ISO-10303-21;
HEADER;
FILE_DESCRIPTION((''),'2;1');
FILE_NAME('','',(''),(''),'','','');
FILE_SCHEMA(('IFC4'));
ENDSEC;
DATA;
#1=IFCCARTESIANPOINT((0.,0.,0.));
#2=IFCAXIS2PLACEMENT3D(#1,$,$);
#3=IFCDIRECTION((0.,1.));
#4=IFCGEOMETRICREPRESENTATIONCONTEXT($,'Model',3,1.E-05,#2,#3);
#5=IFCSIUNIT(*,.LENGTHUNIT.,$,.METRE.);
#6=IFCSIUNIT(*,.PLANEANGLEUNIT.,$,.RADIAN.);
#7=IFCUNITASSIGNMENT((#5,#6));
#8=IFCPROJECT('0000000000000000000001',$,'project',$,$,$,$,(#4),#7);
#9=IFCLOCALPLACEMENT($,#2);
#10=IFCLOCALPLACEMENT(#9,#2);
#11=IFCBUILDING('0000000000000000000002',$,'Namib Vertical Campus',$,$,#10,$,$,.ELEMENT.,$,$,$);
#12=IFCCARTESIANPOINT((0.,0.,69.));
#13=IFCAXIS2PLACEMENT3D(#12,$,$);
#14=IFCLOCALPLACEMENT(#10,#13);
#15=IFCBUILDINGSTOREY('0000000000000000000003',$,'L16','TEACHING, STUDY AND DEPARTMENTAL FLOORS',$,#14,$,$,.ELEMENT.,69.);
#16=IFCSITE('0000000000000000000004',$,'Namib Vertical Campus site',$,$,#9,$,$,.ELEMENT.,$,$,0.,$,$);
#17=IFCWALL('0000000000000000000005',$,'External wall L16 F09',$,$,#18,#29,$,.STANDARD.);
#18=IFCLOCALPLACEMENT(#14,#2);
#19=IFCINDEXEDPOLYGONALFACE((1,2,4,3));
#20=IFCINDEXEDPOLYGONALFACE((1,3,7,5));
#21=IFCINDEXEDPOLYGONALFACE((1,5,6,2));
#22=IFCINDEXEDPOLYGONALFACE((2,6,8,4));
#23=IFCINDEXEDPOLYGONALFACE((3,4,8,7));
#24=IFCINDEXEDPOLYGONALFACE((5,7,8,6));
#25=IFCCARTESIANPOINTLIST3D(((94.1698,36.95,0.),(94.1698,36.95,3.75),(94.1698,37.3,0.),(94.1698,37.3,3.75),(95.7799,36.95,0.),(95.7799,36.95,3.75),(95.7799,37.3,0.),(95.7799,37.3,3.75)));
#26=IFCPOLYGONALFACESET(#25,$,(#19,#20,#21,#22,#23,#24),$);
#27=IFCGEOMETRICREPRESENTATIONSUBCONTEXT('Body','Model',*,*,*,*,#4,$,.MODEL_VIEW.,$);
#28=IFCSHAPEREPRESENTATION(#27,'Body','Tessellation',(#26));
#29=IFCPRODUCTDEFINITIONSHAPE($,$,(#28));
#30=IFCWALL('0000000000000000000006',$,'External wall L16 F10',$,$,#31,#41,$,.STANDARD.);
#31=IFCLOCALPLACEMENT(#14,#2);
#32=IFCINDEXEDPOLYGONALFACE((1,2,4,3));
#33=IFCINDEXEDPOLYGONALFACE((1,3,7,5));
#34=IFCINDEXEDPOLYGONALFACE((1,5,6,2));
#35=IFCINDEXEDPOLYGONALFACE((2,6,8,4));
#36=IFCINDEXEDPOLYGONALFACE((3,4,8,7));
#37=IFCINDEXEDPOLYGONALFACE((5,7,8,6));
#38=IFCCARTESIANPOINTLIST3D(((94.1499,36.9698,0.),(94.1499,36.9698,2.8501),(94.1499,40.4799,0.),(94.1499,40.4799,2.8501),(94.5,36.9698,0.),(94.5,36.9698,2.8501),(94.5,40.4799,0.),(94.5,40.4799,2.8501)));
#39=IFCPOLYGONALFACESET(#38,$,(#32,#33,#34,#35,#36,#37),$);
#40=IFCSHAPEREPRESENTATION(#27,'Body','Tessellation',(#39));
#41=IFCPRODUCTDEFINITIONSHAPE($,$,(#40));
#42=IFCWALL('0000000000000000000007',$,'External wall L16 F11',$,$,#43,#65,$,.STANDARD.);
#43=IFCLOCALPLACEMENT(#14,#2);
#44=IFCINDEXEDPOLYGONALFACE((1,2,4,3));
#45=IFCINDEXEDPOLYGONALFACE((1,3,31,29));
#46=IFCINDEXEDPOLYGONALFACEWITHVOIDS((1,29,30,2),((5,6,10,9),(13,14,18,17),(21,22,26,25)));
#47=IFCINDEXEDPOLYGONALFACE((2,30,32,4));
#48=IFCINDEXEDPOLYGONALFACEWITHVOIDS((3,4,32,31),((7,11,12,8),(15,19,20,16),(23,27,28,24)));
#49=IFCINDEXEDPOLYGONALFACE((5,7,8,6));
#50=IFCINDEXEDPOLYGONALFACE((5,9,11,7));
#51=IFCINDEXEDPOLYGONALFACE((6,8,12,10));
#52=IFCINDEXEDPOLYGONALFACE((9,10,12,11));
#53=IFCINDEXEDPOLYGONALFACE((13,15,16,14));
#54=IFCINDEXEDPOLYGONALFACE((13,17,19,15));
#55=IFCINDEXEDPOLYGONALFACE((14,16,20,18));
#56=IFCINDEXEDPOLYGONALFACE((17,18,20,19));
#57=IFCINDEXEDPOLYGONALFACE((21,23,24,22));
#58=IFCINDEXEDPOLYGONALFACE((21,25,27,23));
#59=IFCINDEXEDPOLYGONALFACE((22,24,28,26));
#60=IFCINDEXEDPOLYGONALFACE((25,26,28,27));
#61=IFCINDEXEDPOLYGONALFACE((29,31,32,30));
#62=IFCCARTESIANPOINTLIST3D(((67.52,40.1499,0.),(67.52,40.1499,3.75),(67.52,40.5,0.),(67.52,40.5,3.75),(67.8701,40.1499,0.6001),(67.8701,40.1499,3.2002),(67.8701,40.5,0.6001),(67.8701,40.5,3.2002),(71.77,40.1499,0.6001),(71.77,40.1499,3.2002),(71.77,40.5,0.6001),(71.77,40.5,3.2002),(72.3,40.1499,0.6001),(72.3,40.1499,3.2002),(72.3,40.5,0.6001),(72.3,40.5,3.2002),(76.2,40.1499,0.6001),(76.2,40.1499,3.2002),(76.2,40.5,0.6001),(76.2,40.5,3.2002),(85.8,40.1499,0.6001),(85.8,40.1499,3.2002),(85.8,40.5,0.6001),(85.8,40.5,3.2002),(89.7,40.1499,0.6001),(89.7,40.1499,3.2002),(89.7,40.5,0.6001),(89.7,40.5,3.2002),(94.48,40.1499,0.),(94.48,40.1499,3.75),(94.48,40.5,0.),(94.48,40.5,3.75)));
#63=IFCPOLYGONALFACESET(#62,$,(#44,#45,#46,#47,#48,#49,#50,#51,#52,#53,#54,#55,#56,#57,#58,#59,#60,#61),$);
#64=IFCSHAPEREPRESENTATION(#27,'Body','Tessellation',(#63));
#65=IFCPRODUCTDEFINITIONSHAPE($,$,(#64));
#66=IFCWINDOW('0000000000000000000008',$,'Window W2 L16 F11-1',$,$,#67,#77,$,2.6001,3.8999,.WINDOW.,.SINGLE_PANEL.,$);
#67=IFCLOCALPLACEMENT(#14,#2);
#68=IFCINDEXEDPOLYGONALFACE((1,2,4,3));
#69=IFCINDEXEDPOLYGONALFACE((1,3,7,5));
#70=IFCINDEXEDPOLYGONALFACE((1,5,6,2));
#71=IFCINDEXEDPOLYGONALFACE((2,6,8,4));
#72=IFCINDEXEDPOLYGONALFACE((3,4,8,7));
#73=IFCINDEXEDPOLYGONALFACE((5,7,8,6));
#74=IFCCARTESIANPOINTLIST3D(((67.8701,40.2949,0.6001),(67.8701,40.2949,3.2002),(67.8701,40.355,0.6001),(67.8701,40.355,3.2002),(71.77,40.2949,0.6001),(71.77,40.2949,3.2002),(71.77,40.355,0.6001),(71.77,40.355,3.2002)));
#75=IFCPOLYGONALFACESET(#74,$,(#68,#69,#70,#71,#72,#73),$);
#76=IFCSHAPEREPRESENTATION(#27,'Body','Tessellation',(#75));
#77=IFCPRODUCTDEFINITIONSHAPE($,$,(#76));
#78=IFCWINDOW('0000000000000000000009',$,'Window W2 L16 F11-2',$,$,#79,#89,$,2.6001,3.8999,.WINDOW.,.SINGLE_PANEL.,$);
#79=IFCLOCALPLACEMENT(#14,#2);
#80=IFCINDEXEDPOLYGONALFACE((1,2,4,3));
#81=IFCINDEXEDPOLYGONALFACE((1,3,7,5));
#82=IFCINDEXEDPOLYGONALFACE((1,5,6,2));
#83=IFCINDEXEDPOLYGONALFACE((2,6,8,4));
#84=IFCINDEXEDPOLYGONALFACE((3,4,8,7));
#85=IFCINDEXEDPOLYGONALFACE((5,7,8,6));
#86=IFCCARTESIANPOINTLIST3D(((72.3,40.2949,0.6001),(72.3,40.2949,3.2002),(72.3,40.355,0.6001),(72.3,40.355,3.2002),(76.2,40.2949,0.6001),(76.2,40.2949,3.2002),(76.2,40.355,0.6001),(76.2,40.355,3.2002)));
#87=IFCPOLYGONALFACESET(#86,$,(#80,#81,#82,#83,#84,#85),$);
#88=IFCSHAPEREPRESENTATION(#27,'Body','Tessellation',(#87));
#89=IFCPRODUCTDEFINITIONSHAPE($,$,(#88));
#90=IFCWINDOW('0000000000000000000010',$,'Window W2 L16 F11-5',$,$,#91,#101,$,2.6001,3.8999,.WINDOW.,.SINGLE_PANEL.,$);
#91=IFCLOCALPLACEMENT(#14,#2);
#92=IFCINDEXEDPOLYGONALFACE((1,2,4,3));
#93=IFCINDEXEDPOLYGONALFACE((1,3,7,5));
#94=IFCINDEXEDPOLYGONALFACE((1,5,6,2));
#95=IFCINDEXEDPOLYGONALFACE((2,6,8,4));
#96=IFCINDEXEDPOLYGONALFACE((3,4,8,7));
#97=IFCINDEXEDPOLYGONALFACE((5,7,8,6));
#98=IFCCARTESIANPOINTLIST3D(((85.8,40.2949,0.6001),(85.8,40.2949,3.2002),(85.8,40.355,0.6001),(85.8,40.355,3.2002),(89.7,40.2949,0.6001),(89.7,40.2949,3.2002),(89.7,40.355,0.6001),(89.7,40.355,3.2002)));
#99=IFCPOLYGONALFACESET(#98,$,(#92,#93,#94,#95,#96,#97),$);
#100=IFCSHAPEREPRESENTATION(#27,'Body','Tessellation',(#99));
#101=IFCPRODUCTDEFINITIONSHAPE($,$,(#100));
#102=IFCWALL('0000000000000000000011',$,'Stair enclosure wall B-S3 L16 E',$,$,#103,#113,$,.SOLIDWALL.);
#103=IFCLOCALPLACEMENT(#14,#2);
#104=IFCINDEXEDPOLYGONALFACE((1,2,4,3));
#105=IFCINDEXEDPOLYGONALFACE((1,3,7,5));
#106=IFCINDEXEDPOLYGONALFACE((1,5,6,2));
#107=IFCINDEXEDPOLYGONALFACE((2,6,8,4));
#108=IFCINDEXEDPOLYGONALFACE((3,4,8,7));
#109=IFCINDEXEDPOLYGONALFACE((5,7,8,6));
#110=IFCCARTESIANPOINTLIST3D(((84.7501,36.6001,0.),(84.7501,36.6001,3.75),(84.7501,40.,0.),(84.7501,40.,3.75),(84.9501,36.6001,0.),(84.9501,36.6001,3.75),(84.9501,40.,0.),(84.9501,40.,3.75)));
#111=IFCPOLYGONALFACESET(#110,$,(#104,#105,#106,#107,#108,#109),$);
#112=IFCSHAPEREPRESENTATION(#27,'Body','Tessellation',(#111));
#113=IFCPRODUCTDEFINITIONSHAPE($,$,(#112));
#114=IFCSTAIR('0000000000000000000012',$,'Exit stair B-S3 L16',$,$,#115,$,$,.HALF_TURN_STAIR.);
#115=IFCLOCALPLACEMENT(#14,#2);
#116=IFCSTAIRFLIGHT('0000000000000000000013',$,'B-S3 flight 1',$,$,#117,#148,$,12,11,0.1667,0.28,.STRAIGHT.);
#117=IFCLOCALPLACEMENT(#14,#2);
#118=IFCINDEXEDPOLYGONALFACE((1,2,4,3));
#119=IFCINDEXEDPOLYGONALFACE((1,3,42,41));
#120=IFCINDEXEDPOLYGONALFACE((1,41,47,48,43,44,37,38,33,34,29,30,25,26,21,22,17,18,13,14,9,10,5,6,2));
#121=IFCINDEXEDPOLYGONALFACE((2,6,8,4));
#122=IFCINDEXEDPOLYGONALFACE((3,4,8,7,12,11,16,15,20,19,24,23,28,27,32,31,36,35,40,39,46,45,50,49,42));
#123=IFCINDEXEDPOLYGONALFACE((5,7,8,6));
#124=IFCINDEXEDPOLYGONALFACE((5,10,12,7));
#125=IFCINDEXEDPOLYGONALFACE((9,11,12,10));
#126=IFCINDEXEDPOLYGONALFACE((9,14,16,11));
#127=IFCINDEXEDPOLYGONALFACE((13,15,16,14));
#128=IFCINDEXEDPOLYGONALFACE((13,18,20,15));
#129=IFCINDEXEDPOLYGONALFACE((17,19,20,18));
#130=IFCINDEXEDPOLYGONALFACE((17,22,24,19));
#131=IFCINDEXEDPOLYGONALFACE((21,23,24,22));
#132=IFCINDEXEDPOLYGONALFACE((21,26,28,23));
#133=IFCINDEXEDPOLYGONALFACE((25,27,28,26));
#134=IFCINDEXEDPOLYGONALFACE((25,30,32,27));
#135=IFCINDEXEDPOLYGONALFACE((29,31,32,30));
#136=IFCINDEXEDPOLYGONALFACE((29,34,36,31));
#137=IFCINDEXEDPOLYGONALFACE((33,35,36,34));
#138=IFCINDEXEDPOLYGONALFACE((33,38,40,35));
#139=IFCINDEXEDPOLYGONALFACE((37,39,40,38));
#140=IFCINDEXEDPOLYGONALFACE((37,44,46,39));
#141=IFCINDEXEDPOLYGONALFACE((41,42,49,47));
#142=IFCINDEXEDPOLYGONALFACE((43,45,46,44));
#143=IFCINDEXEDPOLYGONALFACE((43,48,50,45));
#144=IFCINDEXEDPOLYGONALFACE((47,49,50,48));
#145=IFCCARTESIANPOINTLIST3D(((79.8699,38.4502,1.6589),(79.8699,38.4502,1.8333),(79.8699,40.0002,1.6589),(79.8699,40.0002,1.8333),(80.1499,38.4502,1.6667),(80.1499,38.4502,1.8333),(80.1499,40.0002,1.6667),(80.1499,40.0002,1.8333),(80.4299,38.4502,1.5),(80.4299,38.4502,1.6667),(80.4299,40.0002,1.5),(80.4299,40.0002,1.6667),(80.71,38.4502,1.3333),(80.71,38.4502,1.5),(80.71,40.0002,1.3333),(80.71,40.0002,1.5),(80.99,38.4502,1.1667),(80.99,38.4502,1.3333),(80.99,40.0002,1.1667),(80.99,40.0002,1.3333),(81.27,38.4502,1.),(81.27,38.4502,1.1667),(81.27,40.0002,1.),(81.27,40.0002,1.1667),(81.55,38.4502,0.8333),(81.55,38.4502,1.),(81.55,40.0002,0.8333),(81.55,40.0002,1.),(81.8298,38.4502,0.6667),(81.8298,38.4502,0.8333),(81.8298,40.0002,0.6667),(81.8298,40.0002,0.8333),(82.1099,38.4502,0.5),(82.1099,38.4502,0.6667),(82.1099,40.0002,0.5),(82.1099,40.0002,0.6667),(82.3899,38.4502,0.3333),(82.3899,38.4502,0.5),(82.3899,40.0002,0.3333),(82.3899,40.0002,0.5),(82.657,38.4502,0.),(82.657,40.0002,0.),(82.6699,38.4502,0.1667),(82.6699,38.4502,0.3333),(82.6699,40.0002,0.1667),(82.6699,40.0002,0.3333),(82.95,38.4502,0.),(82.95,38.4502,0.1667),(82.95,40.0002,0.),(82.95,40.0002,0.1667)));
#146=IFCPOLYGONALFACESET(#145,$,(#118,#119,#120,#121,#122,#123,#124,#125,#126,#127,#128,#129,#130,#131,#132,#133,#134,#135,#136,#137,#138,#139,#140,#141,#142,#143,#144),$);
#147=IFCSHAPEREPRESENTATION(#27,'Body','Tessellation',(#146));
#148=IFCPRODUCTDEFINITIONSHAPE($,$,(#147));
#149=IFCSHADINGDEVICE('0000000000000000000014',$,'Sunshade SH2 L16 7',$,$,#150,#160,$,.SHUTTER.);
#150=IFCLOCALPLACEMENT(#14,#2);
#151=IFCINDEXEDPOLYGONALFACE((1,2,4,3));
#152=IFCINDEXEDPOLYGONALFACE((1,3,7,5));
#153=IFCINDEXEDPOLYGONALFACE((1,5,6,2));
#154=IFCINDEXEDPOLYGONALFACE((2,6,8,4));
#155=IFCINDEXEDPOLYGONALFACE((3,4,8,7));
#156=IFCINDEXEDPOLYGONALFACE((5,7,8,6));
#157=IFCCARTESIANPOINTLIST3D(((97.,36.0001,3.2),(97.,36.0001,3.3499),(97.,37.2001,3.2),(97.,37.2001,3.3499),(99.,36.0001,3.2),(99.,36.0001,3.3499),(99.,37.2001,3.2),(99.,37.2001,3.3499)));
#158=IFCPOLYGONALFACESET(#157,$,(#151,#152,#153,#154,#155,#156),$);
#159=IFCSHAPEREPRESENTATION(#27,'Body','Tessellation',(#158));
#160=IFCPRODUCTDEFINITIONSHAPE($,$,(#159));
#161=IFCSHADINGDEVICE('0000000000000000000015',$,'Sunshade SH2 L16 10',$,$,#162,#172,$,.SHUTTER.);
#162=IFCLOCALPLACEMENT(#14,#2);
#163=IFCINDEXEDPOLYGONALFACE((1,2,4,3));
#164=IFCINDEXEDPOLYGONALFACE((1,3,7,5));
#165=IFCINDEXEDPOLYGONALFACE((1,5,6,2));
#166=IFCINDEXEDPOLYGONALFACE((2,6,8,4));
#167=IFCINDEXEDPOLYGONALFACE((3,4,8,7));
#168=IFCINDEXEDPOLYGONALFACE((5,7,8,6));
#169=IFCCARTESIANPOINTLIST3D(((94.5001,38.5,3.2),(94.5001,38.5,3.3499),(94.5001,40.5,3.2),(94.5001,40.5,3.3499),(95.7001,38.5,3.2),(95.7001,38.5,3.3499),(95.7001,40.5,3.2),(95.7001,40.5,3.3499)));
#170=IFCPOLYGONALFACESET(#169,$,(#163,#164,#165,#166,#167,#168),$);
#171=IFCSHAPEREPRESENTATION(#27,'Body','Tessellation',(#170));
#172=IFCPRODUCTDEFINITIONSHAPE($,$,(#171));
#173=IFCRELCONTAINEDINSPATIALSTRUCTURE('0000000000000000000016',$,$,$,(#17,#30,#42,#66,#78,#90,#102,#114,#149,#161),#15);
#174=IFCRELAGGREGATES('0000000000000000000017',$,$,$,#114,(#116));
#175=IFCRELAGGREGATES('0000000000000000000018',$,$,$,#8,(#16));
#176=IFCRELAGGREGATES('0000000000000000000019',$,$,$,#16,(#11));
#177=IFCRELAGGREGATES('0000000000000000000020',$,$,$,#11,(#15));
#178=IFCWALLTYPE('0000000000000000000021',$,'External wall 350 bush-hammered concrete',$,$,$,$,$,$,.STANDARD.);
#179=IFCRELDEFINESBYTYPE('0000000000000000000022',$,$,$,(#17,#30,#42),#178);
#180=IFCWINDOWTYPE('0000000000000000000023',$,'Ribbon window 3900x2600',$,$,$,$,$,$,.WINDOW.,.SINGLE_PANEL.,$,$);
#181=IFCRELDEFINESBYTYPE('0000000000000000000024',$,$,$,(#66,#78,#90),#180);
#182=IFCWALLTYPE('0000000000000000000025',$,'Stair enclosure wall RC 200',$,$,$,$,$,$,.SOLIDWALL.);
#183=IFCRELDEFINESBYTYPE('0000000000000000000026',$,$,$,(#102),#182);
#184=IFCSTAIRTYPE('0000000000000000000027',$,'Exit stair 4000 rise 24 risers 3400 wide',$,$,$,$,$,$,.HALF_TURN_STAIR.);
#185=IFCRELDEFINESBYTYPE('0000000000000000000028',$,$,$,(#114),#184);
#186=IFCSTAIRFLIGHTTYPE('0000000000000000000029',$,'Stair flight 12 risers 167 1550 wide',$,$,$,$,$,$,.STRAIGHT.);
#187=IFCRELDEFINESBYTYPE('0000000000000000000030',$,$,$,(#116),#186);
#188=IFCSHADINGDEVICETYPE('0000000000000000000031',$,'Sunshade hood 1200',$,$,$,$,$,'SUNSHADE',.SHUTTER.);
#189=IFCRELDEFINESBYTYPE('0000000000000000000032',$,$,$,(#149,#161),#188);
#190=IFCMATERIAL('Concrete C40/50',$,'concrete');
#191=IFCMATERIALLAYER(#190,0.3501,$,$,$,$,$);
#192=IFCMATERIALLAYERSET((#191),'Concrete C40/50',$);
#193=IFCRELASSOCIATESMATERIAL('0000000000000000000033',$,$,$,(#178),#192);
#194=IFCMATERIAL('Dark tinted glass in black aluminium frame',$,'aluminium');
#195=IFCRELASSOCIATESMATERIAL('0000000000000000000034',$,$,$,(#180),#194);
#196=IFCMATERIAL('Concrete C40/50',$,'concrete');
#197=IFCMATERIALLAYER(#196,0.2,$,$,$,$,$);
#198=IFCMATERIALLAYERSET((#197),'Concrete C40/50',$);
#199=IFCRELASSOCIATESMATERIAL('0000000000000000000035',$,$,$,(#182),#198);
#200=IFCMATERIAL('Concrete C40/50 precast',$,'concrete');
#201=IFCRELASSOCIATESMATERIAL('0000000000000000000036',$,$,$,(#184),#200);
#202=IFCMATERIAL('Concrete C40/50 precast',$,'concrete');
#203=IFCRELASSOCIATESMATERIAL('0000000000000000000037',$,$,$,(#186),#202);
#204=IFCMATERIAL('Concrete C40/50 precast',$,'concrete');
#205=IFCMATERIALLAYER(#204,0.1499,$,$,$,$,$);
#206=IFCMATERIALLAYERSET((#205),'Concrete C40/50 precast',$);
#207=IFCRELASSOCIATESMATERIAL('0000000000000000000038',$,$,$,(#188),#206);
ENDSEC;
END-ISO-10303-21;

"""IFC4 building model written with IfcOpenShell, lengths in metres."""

from ifc_helpers import new_model, si_unit, direction, frame, frame_2d, origin, origin_2d, place, context, subcontext, project, spatial, polyline, rectangle, outline, extrude, material, layer, layer_set, type_object, element, fill, aggregate, save


model = new_model("IFC4")

# Units and contexts
model_context = context("Model", 3, precision=1e-05, world=origin(), true_north=direction((0.0, 1.0)))
body_context = subcontext(model_context, "Body", "Model", "MODEL_VIEW")
ifc_project = project(units=[si_unit("LENGTHUNIT", "METRE"), si_unit("PLANEANGLEUNIT", "RADIAN")], contexts=[model_context])

# Site, building, storey
site_placement = place(None, origin())
site = spatial("IfcSite", under=ifc_project, at=site_placement, Name="Namib Vertical Campus site", CompositionType="ELEMENT", RefElevation=0.0)
building_placement = place(site_placement, origin())
building = spatial("IfcBuilding", under=site, at=building_placement, Name="Namib Vertical Campus", CompositionType="ELEMENT")
storey_placement = place(building_placement, frame((0.0, 0.0, 69.0)))
storey = spatial("IfcBuildingStorey", under=building, at=storey_placement, Name="L16", Description="TEACHING, STUDY AND DEPARTMENTAL FLOORS", CompositionType="ELEMENT", Elevation=69.0)

# Walls
ifc_material_1 = material(Name="Concrete C40/50", Category="concrete")
ifc_layer_1 = layer(ifc_material_1, 0.3501)
ifc_layer_set_1 = layer_set([ifc_layer_1], Name="Concrete C40/50")
wall_type_1 = type_object("IfcWallType", Name="External wall 350 bush-hammered concrete", PredefinedType="STANDARD", material=ifc_layer_set_1)
for number, where, z_axis, x_axis, name in (
    (1, (95.78, 37.125, 0.0), (0.0, 0.0, 1.0), (-1.0, 0.0, 0.0), "External wall L16 F09"),
):
    element("IfcWall", number, at=place(storey_placement, frame(where, z_axis=z_axis, x_axis=x_axis)), inside=storey, type_object=wall_type_1, Name=name, PredefinedType="STANDARD", context=body_context, shape_type="SweptSolid", body=[
        extrude(rectangle(XDim=1.6101, YDim=0.3501, at=frame_2d((0.8052, 0.0))), origin(), (0.0, 0.0, 1.0), 3.75),
    ])
wall_1_placement = place(storey_placement, frame((94.325, 36.97, 0.0), z_axis=(0.0, 0.0, 1.0), x_axis=(0.0, 1.0, 0.0)))
element("IfcWall", 2, at=wall_1_placement, inside=storey, type_object=wall_type_1, Name="External wall L16 F10", PredefinedType="STANDARD", context=body_context, shape_type="SweptSolid", body=[
    extrude(rectangle(XDim=3.51, YDim=0.3501, at=frame_2d((1.7549, 0.0))), origin(), (0.0, 0.0, 1.0), 2.8501),
])

# Wall, openings, windows
wall_2_placement = place(storey_placement, frame((94.48, 40.325, 0.0), z_axis=(0.0, 0.0, 1.0), x_axis=(-1.0, 0.0, 0.0)))
wall_2 = element("IfcWall", 3, at=wall_2_placement, inside=storey, type_object=wall_type_1, Name="External wall L16 F11", PredefinedType="STANDARD", context=body_context, shape_type="SweptSolid", body=[
    extrude(rectangle(XDim=26.96, YDim=0.3501, at=frame_2d((13.48, 0.0))), origin(), (0.0, 0.0, 1.0), 3.75),
])
opening_1_placement = place(wall_2_placement, frame((22.71, 0.0, 0.6001)))
opening_1 = element("IfcOpeningElement", 4, at=opening_1_placement, cuts=wall_2, PredefinedType="OPENING", context=body_context, shape_type="SweptSolid", body=[
    extrude(rectangle(XDim=3.8999, YDim=2.6001, at=frame_2d((1.95, 1.3))), frame((0.0, 0.1851, 0.0), z_axis=(0.0, -1.0, 0.0), x_axis=(1.0, 0.0, 0.0)), (0.0, 0.0, 1.0), 0.3701),
])
opening_2_placement = place(wall_2_placement, frame((18.28, 0.0, 0.6001)))
opening_2 = element("IfcOpeningElement", 5, at=opening_2_placement, cuts=wall_2, PredefinedType="OPENING", context=body_context, shape_type="SweptSolid", body=[
    extrude(rectangle(XDim=3.8999, YDim=2.6001, at=frame_2d((1.95, 1.3))), frame((0.0, 0.1851, 0.0), z_axis=(0.0, -1.0, 0.0), x_axis=(1.0, 0.0, 0.0)), (0.0, 0.0, 1.0), 0.3701),
])
opening_3_placement = place(wall_2_placement, frame((4.78, 0.0, 0.6001)))
opening_3 = element("IfcOpeningElement", 6, at=opening_3_placement, cuts=wall_2, PredefinedType="OPENING", context=body_context, shape_type="SweptSolid", body=[
    extrude(rectangle(XDim=3.8999, YDim=2.6001, at=frame_2d((1.95, 1.3))), frame((0.0, 0.1851, 0.0), z_axis=(0.0, -1.0, 0.0), x_axis=(1.0, 0.0, 0.0)), (0.0, 0.0, 1.0), 0.3701),
])
ifc_material_2 = material(Name="Dark tinted glass in black aluminium frame", Category="aluminium")
window_type = type_object("IfcWindowType", Name="Ribbon window 3900x2600", PartitioningType="SINGLE_PANEL", PredefinedType="WINDOW", material=ifc_material_2)
window_1_placement = place(opening_1_placement, origin())
window_1 = element("IfcWindow", 7, at=window_1_placement, inside=storey, type_object=window_type, Name="Window W2 L16 F11-1", OverallHeight=2.6001, OverallWidth=3.8999, PartitioningType="SINGLE_PANEL", PredefinedType="WINDOW", context=body_context, shape_type="SweptSolid", body=[
    extrude(rectangle(XDim=3.8999, YDim=2.6001, at=frame_2d((1.95, 1.3))), frame((0.0, 0.03, 0.0), z_axis=(0.0, -1.0, 0.0), x_axis=(1.0, 0.0, 0.0)), (0.0, 0.0, 1.0), 0.0601),
])
fill(opening_1, window_1)
window_2_placement = place(opening_2_placement, origin())
window_2 = element("IfcWindow", 8, at=window_2_placement, inside=storey, type_object=window_type, Name="Window W2 L16 F11-2", OverallHeight=2.6001, OverallWidth=3.8999, PartitioningType="SINGLE_PANEL", PredefinedType="WINDOW", context=body_context, shape_type="SweptSolid", body=[
    extrude(rectangle(XDim=3.8999, YDim=2.6001, at=frame_2d((1.95, 1.3))), frame((0.0, 0.03, 0.0), z_axis=(0.0, -1.0, 0.0), x_axis=(1.0, 0.0, 0.0)), (0.0, 0.0, 1.0), 0.0601),
])
fill(opening_2, window_2)
window_3_placement = place(opening_3_placement, origin())
window_3 = element("IfcWindow", 9, at=window_3_placement, inside=storey, type_object=window_type, Name="Window W2 L16 F11-5", OverallHeight=2.6001, OverallWidth=3.8999, PartitioningType="SINGLE_PANEL", PredefinedType="WINDOW", context=body_context, shape_type="SweptSolid", body=[
    extrude(rectangle(XDim=3.8999, YDim=2.6001, at=frame_2d((1.95, 1.3))), frame((0.0, 0.03, 0.0), z_axis=(0.0, -1.0, 0.0), x_axis=(1.0, 0.0, 0.0)), (0.0, 0.0, 1.0), 0.0601),
])
fill(opening_3, window_3)

# Wall
ifc_material_3 = material(Name="Concrete C40/50", Category="concrete")
ifc_layer_2 = layer(ifc_material_3, 0.2)
ifc_layer_set_2 = layer_set([ifc_layer_2], Name="Concrete C40/50")
wall_type_2 = type_object("IfcWallType", Name="Stair enclosure wall RC 200", PredefinedType="SOLIDWALL", material=ifc_layer_set_2)
wall_3_placement = place(storey_placement, frame((84.8501, 36.6001, 0.0), z_axis=(0.0, 0.0, 1.0), x_axis=(0.0, 1.0, 0.0)))
element("IfcWall", 10, at=wall_3_placement, inside=storey, type_object=wall_type_2, Name="Stair enclosure wall B-S3 L16 E", PredefinedType="SOLIDWALL", context=body_context, shape_type="SweptSolid", body=[
    extrude(rectangle(XDim=3.3999, YDim=0.2, at=frame_2d((1.7, 0.0))), origin(), (0.0, 0.0, 1.0), 3.75),
])

# Stair, stair flight
ifc_material_4 = material(Name="Concrete C40/50 precast", Category="concrete")
stair_type = type_object("IfcStairType", Name="Exit stair 4000 rise 24 risers 3400 wide", PredefinedType="HALF_TURN_STAIR", material=ifc_material_4)
stair_placement = place(storey_placement, origin())
stair = element("IfcStair", 11, at=stair_placement, inside=storey, type_object=stair_type, Name="Exit stair B-S3 L16", PredefinedType="HALF_TURN_STAIR")
ifc_material_5 = material(Name="Concrete C40/50 precast", Category="concrete")
stair_flight_type = type_object("IfcStairFlightType", Name="Stair flight 12 risers 167 1550 wide", PredefinedType="STRAIGHT", material=ifc_material_5)
stair_flight_placement = place(storey_placement, frame((82.95, 39.2251, 0.0), z_axis=(0.0, 0.0, 1.0), x_axis=(-1.0, 0.0, 0.0)))
stair_flight = element("IfcStairFlight", 12, at=stair_flight_placement, type_object=stair_flight_type, Name="B-S3 flight 1", NumberOfRisers=12, NumberOfTreads=11, PredefinedType="STRAIGHT", RiserHeight=0.1667, TreadLength=0.28, context=body_context, shape_type="SweptSolid", body=[
    extrude(outline(polyline([(0.0, 0.0), (0.0, 0.1667), (0.28, 0.1667), (0.28, 0.3333), (0.5601, 0.3333), (0.5601, 0.5), (0.8401, 0.5), (0.8401, 0.6667), (1.1201, 0.6667), (1.1201, 0.8333), (1.3999, 0.8333), (1.3999, 1.0), (1.6799, 1.0), (1.6799, 1.1667), (1.96, 1.1667), (1.96, 1.3333), (2.24, 1.3333), (2.24, 1.5), (2.52, 1.5), (2.52, 1.6667), (2.8, 1.6667), (2.8, 1.8333), (3.0801, 1.8333), (3.0801, 2.0), (3.0801, 1.6589), (0.293, 0.0), (0.0, 0.0)])), frame((0.0, 0.7749, 0.0), z_axis=(0.0, -1.0, 0.0), x_axis=(1.0, 0.0, 0.0)), (0.0, 0.0, 1.0), 1.55),
])
aggregate(stair, [stair_flight])

# Shading devices
ifc_material_6 = material(Name="Concrete C40/50 precast", Category="concrete")
ifc_layer_3 = layer(ifc_material_6, 0.1499)
ifc_layer_set_3 = layer_set([ifc_layer_3], Name="Concrete C40/50 precast")
shading_device_type = type_object("IfcShadingDeviceType", Name="Sunshade hood 1200", ElementType="SUNSHADE", PredefinedType="SHUTTER", material=ifc_layer_set_3)
for number, where, z_axis, x_axis, name in (
    (13, (98.0, 36.6001, 3.2), (0.0, 0.0, 1.0), (-1.0, 0.0, 0.0), "Sunshade SH2 L16 7"),
    (14, (95.1001, 39.5, 3.2), (0.0, 0.0, 1.0), (0.0, 1.0, 0.0), "Sunshade SH2 L16 10"),
):
    element("IfcShadingDevice", number, at=place(storey_placement, frame(where, z_axis=z_axis, x_axis=x_axis)), inside=storey, type_object=shading_device_type, Name=name, PredefinedType="SHUTTER", context=body_context, shape_type="SweptSolid", body=[
        extrude(rectangle(XDim=2.0, YDim=1.2, at=origin_2d()), origin(), (0.0, 0.0, 1.0), 0.1499),
    ])

save(model, "model.ifc")
